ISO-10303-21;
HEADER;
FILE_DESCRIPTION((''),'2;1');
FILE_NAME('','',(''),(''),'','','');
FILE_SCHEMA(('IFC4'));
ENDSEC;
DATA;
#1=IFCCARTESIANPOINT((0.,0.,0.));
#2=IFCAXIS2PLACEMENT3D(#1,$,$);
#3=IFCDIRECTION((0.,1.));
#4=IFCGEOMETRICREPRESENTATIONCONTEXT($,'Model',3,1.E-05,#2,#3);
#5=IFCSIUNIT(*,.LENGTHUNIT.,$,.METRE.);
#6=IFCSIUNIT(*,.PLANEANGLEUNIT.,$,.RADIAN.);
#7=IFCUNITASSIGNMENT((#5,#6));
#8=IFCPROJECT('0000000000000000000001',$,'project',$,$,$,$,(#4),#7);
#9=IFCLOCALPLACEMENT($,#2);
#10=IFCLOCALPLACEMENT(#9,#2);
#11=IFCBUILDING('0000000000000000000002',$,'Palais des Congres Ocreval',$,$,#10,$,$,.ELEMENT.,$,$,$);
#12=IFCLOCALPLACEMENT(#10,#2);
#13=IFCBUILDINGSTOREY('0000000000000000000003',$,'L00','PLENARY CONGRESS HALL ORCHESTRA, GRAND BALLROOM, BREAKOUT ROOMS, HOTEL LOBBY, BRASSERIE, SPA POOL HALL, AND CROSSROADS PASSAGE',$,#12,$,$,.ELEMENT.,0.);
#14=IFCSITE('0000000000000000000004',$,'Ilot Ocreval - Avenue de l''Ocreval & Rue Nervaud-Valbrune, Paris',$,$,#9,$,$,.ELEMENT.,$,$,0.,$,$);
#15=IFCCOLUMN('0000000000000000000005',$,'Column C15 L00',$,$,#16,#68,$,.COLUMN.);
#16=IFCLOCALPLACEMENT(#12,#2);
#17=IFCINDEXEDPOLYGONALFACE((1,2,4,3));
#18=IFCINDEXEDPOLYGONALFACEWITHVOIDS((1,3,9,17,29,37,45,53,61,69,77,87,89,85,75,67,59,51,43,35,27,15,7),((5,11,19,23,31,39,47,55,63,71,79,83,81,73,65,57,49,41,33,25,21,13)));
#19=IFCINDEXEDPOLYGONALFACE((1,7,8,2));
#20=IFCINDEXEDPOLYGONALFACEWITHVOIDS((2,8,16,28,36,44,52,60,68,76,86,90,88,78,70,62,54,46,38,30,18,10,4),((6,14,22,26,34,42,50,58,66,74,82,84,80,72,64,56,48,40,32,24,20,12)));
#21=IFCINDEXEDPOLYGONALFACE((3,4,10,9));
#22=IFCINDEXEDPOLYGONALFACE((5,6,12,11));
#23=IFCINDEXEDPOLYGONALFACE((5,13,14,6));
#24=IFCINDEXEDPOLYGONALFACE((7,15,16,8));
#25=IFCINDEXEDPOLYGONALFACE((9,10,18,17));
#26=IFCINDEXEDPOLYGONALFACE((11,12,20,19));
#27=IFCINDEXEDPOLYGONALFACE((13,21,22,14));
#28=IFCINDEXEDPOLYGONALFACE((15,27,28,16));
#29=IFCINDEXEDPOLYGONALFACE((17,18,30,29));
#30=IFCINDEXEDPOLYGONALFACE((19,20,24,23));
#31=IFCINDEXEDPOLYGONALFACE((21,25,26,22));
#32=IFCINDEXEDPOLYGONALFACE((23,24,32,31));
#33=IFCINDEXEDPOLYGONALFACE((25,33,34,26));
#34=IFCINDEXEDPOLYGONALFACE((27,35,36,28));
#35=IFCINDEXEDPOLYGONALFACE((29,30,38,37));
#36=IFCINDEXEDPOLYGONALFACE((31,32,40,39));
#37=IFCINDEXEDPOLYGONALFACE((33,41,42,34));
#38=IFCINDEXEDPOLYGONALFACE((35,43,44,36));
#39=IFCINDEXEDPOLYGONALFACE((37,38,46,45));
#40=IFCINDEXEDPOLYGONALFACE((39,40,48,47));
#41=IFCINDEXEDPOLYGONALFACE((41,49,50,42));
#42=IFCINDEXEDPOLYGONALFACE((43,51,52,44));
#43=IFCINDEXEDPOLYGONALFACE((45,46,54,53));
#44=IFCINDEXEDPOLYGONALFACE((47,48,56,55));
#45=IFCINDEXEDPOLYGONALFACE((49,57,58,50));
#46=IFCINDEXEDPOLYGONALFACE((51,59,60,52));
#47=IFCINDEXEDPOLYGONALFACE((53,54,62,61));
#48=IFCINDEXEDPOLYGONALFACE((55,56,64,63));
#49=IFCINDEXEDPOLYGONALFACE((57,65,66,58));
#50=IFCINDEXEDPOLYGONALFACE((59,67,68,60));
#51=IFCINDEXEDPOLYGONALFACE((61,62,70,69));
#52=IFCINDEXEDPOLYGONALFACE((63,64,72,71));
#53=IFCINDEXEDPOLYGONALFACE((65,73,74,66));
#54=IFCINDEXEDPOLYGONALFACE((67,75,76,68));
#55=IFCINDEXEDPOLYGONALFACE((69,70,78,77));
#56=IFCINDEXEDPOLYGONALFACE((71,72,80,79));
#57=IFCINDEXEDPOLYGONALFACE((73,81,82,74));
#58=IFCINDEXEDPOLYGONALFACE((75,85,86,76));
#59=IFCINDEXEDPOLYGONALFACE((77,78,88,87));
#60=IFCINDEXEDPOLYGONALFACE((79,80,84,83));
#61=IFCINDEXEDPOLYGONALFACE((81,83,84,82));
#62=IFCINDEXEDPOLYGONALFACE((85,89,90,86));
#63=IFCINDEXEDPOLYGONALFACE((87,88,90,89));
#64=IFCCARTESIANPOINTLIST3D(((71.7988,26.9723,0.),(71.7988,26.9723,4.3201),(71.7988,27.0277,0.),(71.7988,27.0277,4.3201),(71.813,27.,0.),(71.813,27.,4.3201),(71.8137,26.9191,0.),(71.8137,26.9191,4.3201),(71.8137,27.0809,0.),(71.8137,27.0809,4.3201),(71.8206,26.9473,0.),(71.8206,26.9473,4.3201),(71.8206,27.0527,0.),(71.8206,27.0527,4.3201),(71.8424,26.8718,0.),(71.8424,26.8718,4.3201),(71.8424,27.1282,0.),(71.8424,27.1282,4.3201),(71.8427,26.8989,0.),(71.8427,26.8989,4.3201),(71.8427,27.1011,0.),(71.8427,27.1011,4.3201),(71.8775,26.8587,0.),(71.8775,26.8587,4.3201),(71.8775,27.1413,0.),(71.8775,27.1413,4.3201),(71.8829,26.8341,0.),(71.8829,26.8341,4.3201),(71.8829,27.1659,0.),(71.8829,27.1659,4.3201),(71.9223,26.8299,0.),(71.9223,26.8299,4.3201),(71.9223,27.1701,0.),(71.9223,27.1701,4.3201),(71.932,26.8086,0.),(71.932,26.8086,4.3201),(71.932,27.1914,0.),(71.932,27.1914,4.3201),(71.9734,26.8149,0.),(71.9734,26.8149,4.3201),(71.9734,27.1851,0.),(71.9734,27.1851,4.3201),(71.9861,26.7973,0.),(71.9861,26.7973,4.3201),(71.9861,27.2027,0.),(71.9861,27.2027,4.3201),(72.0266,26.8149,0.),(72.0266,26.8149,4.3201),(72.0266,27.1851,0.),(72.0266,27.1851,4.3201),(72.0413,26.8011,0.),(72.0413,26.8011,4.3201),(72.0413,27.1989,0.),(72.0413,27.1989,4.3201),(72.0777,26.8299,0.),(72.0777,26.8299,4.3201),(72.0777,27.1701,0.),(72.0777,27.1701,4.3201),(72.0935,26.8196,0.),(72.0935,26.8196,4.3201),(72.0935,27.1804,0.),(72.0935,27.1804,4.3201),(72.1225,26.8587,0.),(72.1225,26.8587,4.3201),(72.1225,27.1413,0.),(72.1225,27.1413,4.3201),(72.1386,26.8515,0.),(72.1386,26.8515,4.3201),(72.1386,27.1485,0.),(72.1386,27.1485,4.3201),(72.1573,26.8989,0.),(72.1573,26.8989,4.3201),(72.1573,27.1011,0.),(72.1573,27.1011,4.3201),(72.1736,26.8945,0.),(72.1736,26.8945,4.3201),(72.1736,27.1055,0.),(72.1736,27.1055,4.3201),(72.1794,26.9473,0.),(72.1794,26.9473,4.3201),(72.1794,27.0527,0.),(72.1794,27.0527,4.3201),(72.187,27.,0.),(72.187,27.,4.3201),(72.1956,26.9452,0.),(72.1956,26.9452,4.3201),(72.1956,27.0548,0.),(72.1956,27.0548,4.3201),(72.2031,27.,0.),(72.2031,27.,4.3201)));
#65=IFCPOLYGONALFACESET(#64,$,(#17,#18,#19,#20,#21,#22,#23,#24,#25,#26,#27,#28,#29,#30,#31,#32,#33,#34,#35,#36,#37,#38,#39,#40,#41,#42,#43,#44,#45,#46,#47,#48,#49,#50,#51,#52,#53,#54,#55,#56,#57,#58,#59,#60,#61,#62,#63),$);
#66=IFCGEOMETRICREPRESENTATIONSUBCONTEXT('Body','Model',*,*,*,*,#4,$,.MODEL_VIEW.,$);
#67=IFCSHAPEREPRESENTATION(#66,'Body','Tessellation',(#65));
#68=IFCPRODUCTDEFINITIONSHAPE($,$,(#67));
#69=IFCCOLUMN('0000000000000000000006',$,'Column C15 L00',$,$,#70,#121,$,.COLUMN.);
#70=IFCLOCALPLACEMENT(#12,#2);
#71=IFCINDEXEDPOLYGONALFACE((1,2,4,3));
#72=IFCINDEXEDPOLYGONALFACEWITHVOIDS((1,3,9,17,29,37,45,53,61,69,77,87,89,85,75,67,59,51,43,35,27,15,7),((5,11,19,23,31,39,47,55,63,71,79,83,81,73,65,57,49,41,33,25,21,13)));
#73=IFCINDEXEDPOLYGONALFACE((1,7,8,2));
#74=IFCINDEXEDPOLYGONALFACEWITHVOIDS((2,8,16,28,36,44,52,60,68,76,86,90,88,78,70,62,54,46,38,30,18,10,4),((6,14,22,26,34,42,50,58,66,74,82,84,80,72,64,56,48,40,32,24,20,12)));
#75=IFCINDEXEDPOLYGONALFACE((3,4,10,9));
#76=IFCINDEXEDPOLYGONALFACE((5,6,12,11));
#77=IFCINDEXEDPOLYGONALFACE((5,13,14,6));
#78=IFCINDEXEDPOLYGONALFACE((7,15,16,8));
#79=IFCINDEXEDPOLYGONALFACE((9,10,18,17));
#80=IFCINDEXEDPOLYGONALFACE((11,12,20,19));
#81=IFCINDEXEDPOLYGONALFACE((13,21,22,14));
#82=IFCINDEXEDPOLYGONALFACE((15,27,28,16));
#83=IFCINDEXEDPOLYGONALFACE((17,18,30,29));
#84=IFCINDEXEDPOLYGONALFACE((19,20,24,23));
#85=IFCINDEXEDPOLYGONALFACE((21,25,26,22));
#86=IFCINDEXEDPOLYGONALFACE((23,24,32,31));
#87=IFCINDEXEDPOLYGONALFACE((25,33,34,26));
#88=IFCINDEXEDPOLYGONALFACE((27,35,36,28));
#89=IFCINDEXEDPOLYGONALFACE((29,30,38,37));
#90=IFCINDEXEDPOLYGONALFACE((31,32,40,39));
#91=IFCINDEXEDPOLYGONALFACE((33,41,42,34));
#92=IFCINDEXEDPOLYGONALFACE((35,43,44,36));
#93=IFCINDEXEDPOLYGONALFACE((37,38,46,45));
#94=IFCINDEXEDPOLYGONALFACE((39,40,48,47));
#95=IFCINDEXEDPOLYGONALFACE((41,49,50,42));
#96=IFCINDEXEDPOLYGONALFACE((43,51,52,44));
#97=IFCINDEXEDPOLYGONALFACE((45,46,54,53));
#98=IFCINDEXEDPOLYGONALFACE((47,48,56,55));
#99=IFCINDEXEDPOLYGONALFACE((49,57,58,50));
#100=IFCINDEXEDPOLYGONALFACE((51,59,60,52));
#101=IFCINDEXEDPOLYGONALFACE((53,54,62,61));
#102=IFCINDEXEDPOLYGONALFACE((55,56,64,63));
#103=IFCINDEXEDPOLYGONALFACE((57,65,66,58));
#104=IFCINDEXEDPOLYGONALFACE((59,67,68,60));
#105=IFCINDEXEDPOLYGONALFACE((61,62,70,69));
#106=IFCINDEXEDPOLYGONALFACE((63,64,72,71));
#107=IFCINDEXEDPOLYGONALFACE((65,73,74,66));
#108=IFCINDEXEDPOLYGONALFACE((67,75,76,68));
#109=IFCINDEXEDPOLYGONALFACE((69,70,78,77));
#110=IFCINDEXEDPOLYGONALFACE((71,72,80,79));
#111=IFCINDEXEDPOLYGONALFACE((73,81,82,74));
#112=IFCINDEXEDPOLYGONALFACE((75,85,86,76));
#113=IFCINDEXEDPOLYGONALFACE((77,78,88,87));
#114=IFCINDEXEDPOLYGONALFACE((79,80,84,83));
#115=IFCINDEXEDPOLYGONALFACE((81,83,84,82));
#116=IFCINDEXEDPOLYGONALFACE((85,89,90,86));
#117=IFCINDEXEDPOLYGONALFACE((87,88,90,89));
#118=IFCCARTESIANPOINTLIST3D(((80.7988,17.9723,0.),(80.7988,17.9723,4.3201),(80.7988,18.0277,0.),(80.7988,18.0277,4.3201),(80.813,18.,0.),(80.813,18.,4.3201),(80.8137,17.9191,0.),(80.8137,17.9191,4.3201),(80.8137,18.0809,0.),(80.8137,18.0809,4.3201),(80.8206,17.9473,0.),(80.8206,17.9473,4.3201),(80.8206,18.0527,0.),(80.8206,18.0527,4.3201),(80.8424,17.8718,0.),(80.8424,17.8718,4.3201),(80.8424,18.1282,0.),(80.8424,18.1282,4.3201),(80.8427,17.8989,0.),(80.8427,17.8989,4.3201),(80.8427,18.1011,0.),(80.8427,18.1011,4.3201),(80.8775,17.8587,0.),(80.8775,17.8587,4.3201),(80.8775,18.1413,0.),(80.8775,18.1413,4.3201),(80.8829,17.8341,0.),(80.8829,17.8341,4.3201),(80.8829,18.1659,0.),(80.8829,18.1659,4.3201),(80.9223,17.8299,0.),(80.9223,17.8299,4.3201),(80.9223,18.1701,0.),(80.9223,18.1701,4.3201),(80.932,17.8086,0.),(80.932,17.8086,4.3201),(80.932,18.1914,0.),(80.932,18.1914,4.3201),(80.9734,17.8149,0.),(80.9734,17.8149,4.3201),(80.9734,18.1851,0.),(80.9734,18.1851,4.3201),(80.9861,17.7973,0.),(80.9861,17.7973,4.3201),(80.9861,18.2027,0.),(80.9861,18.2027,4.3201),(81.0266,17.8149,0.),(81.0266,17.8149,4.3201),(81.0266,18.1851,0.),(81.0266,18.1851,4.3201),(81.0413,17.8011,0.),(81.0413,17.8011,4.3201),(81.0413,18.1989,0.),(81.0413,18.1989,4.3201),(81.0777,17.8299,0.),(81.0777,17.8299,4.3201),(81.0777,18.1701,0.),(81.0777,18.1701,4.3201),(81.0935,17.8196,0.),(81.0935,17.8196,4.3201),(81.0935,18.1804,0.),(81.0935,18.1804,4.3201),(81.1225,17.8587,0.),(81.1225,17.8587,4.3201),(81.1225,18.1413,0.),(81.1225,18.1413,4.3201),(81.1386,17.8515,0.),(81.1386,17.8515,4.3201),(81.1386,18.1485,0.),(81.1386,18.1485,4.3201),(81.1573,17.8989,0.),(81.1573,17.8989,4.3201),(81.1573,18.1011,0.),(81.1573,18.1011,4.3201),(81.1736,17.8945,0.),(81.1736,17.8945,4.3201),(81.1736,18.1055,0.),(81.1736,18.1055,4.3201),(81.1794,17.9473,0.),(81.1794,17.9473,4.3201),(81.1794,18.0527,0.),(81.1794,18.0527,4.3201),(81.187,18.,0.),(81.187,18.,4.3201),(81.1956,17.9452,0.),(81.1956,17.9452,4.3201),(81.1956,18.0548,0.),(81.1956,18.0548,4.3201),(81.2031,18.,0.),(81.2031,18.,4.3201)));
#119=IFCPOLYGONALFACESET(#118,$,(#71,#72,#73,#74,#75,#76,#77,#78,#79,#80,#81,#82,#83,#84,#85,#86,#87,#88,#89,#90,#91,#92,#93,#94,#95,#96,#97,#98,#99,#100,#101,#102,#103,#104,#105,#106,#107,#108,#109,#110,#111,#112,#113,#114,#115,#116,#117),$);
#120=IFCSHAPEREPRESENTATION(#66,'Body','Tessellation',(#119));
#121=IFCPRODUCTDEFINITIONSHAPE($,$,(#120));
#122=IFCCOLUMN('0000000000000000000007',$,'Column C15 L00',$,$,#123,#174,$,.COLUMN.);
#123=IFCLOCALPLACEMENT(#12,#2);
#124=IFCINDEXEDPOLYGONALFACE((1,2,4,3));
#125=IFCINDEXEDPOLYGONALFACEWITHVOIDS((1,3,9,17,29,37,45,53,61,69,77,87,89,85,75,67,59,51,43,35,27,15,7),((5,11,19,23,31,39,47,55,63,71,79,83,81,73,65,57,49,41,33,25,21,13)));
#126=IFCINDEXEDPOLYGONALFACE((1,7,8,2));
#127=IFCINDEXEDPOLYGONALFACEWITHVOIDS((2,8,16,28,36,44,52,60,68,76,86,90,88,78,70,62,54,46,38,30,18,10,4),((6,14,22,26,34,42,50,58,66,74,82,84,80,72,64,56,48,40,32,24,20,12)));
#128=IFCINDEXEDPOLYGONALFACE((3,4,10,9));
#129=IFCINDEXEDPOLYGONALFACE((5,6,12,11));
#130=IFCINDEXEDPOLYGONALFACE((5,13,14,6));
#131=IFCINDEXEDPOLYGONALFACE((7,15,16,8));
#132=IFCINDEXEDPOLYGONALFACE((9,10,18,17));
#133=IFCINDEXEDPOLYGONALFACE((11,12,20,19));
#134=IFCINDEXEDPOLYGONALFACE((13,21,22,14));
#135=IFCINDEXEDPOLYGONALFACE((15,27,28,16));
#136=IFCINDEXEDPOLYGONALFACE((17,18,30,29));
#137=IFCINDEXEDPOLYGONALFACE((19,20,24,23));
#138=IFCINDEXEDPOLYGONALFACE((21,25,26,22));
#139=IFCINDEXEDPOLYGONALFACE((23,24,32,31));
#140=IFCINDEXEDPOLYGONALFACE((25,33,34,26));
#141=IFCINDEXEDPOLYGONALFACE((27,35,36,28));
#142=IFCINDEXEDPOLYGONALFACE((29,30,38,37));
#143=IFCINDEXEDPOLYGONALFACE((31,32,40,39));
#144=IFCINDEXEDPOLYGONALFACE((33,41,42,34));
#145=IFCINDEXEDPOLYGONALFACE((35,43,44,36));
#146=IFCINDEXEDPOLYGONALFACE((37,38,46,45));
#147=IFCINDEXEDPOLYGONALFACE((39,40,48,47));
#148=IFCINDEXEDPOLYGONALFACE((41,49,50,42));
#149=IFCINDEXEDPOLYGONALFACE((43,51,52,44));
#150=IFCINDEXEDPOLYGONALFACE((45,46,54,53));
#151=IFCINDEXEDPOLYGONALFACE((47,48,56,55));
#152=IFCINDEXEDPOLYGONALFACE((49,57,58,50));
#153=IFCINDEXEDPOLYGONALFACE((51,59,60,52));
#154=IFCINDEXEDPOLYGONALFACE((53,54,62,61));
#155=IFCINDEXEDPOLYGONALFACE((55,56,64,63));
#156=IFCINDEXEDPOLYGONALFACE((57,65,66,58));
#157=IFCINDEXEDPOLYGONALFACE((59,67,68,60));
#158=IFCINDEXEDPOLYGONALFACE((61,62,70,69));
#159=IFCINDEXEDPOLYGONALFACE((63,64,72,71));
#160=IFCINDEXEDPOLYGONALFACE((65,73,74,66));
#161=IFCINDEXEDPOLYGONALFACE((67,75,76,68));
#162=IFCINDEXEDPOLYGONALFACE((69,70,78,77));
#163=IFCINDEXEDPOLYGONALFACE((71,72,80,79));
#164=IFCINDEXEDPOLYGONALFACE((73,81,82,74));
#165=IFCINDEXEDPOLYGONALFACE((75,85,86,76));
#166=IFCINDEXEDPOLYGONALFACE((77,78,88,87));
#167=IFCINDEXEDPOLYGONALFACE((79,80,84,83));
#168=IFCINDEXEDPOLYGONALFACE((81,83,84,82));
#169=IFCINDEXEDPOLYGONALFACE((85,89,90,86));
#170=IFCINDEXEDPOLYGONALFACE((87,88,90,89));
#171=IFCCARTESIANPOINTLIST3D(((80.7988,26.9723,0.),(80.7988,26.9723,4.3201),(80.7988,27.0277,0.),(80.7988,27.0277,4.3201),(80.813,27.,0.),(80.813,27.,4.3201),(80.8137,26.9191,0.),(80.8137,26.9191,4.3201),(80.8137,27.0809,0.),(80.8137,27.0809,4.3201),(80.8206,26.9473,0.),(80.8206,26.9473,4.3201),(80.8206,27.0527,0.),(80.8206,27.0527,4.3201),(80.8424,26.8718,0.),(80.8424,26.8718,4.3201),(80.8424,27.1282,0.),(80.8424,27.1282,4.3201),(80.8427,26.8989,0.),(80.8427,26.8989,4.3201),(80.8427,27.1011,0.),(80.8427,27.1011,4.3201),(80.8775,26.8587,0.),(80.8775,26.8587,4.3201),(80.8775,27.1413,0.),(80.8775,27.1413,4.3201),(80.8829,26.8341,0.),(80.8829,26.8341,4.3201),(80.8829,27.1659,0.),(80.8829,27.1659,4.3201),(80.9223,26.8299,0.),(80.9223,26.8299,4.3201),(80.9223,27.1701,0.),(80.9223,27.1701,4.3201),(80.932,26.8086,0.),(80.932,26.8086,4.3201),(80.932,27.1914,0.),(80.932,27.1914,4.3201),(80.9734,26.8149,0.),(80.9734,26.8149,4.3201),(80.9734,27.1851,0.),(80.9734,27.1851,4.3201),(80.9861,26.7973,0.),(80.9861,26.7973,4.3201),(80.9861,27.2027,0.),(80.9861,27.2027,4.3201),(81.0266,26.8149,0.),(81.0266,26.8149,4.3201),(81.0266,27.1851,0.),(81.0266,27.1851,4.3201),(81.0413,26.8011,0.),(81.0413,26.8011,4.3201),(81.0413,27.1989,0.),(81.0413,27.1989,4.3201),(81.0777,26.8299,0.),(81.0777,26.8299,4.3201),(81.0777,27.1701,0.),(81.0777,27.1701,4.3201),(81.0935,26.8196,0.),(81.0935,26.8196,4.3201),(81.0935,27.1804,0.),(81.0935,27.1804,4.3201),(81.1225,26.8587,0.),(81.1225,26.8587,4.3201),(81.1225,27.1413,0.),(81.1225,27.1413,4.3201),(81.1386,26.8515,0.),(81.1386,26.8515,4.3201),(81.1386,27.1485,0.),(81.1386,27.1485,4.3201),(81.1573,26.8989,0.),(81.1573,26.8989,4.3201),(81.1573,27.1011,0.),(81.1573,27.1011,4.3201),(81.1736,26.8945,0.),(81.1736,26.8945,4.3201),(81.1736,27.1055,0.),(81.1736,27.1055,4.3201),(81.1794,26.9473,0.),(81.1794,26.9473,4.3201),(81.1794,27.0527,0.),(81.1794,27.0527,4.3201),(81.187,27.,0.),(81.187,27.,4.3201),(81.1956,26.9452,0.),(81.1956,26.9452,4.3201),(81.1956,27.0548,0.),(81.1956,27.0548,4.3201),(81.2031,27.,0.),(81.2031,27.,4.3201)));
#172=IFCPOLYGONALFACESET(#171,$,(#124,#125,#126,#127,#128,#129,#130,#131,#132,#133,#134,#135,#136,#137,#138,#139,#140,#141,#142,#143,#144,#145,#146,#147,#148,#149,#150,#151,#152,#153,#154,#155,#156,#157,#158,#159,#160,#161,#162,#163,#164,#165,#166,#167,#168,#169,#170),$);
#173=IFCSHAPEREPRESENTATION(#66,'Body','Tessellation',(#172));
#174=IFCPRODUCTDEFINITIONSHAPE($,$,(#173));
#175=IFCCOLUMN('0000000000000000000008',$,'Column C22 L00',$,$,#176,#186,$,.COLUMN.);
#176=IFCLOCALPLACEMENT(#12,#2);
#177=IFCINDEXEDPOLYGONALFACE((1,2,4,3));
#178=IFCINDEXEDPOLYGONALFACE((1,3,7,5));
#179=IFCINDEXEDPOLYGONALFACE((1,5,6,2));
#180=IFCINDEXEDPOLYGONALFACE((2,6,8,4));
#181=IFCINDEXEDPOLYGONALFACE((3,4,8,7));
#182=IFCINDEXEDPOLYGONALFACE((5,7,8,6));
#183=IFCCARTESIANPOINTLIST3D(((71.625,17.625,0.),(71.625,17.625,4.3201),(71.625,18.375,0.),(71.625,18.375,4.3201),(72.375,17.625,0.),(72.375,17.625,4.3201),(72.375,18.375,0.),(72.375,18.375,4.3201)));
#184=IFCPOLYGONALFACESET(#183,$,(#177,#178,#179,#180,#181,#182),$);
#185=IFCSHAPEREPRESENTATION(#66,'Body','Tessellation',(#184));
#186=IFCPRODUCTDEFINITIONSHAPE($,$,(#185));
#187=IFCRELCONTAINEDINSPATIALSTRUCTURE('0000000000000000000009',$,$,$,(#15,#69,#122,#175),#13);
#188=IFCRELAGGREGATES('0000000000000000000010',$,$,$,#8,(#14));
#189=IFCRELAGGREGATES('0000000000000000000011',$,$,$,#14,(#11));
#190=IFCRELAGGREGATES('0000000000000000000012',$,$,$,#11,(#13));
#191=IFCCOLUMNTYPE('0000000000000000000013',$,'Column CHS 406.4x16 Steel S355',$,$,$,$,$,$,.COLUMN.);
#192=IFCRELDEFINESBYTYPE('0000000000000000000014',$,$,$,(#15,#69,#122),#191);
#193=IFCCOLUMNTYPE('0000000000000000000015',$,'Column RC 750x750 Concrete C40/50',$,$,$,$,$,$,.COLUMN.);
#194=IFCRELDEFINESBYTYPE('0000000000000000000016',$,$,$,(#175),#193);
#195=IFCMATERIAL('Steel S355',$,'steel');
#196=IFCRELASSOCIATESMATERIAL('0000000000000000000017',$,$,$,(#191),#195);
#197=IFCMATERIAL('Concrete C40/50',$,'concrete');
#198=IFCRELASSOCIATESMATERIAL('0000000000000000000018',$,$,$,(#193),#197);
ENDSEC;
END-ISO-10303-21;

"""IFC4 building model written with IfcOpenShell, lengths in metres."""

from ifc_helpers import new_model, si_unit, direction, frame, origin, origin_2d, place, context, subcontext, project, spatial, rectangle, hollow_circle, extrude, material, material_profile, profile_set, type_object, element, save


model = new_model("IFC4")

# Units and contexts
model_context = context("Model", 3, precision=1e-05, world=origin(), true_north=direction((0.0, 1.0)))
body_context = subcontext(model_context, "Body", "Model", "MODEL_VIEW")
ifc_project = project(units=[si_unit("LENGTHUNIT", "METRE"), si_unit("PLANEANGLEUNIT", "RADIAN")], contexts=[model_context])

# Site, building, storey
site_placement = place(None, origin())
site = spatial("IfcSite", under=ifc_project, at=site_placement, Name="Ilot Ocreval - Avenue de l'Ocreval & Rue Nervaud-Valbrune, Paris", CompositionType="ELEMENT", RefElevation=0.0)
building_placement = place(site_placement, origin())
building = spatial("IfcBuilding", under=site, at=building_placement, Name="Palais des Congres Ocreval", CompositionType="ELEMENT")
storey_placement = place(building_placement, origin())
storey = spatial("IfcBuildingStorey", under=building, at=storey_placement, Name="L00", Description="PLENARY CONGRESS HALL ORCHESTRA, GRAND BALLROOM, BREAKOUT ROOMS, HOTEL LOBBY, BRASSERIE, SPA POOL HALL, AND CROSSROADS PASSAGE", CompositionType="ELEMENT", Elevation=0.0)

# Columns
ifc_material_1 = material(Name="Steel S355", Category="steel")
ifc_material_profile_1 = material_profile(ifc_material_1, hollow_circle(Radius=0.2031, WallThickness=0.0161, at=origin_2d()), Name="CHS 406.4x16")
ifc_profile_set_1 = profile_set([ifc_material_profile_1], Name="Steel S355")
column_type_1 = type_object("IfcColumnType", Name="Column CHS 406.4x16 Steel S355", PredefinedType="COLUMN", material=ifc_profile_set_1)
for number, where, z_axis, x_axis, name in (
    (1, (72.0, 27.0, 0.0), (0.0, 0.0, 1.0), (1.0, 0.0, 0.0), "Column C15 L00"),
    (2, (81.0, 18.0, 0.0), (0.0, 0.0, 1.0), (1.0, 0.0, 0.0), "Column C15 L00"),
    (3, (81.0, 27.0, 0.0), (0.0, 0.0, 1.0), (1.0, 0.0, 0.0), "Column C15 L00"),
):
    element("IfcColumn", number, at=place(storey_placement, frame(where, z_axis=z_axis, x_axis=x_axis)), inside=storey, type_object=column_type_1, Name=name, PredefinedType="COLUMN", context=body_context, shape_type="SweptSolid", body=[
        extrude(hollow_circle(Radius=0.2031, WallThickness=0.0161, at=origin_2d()), origin(), (0.0, 0.0, 1.0), 4.3201),
    ])
ifc_material_2 = material(Name="Concrete C40/50", Category="concrete")
ifc_material_profile_2 = material_profile(ifc_material_2, rectangle(XDim=0.75, YDim=0.75, at=origin_2d()), Name="RC 750x750")
ifc_profile_set_2 = profile_set([ifc_material_profile_2], Name="Concrete C40/50")
column_type_2 = type_object("IfcColumnType", Name="Column RC 750x750 Concrete C40/50", PredefinedType="COLUMN", material=ifc_profile_set_2)
column_placement = place(storey_placement, frame((72.0, 18.0, 0.0), z_axis=(0.0, 0.0, 1.0), x_axis=(1.0, 0.0, 0.0)))
element("IfcColumn", 4, at=column_placement, inside=storey, type_object=column_type_2, Name="Column C22 L00", PredefinedType="COLUMN", context=body_context, shape_type="SweptSolid", body=[
    extrude(rectangle(XDim=0.75, YDim=0.75, at=origin_2d()), origin(), (0.0, 0.0, 1.0), 4.3201),
])

save(model, "model.ifc")
